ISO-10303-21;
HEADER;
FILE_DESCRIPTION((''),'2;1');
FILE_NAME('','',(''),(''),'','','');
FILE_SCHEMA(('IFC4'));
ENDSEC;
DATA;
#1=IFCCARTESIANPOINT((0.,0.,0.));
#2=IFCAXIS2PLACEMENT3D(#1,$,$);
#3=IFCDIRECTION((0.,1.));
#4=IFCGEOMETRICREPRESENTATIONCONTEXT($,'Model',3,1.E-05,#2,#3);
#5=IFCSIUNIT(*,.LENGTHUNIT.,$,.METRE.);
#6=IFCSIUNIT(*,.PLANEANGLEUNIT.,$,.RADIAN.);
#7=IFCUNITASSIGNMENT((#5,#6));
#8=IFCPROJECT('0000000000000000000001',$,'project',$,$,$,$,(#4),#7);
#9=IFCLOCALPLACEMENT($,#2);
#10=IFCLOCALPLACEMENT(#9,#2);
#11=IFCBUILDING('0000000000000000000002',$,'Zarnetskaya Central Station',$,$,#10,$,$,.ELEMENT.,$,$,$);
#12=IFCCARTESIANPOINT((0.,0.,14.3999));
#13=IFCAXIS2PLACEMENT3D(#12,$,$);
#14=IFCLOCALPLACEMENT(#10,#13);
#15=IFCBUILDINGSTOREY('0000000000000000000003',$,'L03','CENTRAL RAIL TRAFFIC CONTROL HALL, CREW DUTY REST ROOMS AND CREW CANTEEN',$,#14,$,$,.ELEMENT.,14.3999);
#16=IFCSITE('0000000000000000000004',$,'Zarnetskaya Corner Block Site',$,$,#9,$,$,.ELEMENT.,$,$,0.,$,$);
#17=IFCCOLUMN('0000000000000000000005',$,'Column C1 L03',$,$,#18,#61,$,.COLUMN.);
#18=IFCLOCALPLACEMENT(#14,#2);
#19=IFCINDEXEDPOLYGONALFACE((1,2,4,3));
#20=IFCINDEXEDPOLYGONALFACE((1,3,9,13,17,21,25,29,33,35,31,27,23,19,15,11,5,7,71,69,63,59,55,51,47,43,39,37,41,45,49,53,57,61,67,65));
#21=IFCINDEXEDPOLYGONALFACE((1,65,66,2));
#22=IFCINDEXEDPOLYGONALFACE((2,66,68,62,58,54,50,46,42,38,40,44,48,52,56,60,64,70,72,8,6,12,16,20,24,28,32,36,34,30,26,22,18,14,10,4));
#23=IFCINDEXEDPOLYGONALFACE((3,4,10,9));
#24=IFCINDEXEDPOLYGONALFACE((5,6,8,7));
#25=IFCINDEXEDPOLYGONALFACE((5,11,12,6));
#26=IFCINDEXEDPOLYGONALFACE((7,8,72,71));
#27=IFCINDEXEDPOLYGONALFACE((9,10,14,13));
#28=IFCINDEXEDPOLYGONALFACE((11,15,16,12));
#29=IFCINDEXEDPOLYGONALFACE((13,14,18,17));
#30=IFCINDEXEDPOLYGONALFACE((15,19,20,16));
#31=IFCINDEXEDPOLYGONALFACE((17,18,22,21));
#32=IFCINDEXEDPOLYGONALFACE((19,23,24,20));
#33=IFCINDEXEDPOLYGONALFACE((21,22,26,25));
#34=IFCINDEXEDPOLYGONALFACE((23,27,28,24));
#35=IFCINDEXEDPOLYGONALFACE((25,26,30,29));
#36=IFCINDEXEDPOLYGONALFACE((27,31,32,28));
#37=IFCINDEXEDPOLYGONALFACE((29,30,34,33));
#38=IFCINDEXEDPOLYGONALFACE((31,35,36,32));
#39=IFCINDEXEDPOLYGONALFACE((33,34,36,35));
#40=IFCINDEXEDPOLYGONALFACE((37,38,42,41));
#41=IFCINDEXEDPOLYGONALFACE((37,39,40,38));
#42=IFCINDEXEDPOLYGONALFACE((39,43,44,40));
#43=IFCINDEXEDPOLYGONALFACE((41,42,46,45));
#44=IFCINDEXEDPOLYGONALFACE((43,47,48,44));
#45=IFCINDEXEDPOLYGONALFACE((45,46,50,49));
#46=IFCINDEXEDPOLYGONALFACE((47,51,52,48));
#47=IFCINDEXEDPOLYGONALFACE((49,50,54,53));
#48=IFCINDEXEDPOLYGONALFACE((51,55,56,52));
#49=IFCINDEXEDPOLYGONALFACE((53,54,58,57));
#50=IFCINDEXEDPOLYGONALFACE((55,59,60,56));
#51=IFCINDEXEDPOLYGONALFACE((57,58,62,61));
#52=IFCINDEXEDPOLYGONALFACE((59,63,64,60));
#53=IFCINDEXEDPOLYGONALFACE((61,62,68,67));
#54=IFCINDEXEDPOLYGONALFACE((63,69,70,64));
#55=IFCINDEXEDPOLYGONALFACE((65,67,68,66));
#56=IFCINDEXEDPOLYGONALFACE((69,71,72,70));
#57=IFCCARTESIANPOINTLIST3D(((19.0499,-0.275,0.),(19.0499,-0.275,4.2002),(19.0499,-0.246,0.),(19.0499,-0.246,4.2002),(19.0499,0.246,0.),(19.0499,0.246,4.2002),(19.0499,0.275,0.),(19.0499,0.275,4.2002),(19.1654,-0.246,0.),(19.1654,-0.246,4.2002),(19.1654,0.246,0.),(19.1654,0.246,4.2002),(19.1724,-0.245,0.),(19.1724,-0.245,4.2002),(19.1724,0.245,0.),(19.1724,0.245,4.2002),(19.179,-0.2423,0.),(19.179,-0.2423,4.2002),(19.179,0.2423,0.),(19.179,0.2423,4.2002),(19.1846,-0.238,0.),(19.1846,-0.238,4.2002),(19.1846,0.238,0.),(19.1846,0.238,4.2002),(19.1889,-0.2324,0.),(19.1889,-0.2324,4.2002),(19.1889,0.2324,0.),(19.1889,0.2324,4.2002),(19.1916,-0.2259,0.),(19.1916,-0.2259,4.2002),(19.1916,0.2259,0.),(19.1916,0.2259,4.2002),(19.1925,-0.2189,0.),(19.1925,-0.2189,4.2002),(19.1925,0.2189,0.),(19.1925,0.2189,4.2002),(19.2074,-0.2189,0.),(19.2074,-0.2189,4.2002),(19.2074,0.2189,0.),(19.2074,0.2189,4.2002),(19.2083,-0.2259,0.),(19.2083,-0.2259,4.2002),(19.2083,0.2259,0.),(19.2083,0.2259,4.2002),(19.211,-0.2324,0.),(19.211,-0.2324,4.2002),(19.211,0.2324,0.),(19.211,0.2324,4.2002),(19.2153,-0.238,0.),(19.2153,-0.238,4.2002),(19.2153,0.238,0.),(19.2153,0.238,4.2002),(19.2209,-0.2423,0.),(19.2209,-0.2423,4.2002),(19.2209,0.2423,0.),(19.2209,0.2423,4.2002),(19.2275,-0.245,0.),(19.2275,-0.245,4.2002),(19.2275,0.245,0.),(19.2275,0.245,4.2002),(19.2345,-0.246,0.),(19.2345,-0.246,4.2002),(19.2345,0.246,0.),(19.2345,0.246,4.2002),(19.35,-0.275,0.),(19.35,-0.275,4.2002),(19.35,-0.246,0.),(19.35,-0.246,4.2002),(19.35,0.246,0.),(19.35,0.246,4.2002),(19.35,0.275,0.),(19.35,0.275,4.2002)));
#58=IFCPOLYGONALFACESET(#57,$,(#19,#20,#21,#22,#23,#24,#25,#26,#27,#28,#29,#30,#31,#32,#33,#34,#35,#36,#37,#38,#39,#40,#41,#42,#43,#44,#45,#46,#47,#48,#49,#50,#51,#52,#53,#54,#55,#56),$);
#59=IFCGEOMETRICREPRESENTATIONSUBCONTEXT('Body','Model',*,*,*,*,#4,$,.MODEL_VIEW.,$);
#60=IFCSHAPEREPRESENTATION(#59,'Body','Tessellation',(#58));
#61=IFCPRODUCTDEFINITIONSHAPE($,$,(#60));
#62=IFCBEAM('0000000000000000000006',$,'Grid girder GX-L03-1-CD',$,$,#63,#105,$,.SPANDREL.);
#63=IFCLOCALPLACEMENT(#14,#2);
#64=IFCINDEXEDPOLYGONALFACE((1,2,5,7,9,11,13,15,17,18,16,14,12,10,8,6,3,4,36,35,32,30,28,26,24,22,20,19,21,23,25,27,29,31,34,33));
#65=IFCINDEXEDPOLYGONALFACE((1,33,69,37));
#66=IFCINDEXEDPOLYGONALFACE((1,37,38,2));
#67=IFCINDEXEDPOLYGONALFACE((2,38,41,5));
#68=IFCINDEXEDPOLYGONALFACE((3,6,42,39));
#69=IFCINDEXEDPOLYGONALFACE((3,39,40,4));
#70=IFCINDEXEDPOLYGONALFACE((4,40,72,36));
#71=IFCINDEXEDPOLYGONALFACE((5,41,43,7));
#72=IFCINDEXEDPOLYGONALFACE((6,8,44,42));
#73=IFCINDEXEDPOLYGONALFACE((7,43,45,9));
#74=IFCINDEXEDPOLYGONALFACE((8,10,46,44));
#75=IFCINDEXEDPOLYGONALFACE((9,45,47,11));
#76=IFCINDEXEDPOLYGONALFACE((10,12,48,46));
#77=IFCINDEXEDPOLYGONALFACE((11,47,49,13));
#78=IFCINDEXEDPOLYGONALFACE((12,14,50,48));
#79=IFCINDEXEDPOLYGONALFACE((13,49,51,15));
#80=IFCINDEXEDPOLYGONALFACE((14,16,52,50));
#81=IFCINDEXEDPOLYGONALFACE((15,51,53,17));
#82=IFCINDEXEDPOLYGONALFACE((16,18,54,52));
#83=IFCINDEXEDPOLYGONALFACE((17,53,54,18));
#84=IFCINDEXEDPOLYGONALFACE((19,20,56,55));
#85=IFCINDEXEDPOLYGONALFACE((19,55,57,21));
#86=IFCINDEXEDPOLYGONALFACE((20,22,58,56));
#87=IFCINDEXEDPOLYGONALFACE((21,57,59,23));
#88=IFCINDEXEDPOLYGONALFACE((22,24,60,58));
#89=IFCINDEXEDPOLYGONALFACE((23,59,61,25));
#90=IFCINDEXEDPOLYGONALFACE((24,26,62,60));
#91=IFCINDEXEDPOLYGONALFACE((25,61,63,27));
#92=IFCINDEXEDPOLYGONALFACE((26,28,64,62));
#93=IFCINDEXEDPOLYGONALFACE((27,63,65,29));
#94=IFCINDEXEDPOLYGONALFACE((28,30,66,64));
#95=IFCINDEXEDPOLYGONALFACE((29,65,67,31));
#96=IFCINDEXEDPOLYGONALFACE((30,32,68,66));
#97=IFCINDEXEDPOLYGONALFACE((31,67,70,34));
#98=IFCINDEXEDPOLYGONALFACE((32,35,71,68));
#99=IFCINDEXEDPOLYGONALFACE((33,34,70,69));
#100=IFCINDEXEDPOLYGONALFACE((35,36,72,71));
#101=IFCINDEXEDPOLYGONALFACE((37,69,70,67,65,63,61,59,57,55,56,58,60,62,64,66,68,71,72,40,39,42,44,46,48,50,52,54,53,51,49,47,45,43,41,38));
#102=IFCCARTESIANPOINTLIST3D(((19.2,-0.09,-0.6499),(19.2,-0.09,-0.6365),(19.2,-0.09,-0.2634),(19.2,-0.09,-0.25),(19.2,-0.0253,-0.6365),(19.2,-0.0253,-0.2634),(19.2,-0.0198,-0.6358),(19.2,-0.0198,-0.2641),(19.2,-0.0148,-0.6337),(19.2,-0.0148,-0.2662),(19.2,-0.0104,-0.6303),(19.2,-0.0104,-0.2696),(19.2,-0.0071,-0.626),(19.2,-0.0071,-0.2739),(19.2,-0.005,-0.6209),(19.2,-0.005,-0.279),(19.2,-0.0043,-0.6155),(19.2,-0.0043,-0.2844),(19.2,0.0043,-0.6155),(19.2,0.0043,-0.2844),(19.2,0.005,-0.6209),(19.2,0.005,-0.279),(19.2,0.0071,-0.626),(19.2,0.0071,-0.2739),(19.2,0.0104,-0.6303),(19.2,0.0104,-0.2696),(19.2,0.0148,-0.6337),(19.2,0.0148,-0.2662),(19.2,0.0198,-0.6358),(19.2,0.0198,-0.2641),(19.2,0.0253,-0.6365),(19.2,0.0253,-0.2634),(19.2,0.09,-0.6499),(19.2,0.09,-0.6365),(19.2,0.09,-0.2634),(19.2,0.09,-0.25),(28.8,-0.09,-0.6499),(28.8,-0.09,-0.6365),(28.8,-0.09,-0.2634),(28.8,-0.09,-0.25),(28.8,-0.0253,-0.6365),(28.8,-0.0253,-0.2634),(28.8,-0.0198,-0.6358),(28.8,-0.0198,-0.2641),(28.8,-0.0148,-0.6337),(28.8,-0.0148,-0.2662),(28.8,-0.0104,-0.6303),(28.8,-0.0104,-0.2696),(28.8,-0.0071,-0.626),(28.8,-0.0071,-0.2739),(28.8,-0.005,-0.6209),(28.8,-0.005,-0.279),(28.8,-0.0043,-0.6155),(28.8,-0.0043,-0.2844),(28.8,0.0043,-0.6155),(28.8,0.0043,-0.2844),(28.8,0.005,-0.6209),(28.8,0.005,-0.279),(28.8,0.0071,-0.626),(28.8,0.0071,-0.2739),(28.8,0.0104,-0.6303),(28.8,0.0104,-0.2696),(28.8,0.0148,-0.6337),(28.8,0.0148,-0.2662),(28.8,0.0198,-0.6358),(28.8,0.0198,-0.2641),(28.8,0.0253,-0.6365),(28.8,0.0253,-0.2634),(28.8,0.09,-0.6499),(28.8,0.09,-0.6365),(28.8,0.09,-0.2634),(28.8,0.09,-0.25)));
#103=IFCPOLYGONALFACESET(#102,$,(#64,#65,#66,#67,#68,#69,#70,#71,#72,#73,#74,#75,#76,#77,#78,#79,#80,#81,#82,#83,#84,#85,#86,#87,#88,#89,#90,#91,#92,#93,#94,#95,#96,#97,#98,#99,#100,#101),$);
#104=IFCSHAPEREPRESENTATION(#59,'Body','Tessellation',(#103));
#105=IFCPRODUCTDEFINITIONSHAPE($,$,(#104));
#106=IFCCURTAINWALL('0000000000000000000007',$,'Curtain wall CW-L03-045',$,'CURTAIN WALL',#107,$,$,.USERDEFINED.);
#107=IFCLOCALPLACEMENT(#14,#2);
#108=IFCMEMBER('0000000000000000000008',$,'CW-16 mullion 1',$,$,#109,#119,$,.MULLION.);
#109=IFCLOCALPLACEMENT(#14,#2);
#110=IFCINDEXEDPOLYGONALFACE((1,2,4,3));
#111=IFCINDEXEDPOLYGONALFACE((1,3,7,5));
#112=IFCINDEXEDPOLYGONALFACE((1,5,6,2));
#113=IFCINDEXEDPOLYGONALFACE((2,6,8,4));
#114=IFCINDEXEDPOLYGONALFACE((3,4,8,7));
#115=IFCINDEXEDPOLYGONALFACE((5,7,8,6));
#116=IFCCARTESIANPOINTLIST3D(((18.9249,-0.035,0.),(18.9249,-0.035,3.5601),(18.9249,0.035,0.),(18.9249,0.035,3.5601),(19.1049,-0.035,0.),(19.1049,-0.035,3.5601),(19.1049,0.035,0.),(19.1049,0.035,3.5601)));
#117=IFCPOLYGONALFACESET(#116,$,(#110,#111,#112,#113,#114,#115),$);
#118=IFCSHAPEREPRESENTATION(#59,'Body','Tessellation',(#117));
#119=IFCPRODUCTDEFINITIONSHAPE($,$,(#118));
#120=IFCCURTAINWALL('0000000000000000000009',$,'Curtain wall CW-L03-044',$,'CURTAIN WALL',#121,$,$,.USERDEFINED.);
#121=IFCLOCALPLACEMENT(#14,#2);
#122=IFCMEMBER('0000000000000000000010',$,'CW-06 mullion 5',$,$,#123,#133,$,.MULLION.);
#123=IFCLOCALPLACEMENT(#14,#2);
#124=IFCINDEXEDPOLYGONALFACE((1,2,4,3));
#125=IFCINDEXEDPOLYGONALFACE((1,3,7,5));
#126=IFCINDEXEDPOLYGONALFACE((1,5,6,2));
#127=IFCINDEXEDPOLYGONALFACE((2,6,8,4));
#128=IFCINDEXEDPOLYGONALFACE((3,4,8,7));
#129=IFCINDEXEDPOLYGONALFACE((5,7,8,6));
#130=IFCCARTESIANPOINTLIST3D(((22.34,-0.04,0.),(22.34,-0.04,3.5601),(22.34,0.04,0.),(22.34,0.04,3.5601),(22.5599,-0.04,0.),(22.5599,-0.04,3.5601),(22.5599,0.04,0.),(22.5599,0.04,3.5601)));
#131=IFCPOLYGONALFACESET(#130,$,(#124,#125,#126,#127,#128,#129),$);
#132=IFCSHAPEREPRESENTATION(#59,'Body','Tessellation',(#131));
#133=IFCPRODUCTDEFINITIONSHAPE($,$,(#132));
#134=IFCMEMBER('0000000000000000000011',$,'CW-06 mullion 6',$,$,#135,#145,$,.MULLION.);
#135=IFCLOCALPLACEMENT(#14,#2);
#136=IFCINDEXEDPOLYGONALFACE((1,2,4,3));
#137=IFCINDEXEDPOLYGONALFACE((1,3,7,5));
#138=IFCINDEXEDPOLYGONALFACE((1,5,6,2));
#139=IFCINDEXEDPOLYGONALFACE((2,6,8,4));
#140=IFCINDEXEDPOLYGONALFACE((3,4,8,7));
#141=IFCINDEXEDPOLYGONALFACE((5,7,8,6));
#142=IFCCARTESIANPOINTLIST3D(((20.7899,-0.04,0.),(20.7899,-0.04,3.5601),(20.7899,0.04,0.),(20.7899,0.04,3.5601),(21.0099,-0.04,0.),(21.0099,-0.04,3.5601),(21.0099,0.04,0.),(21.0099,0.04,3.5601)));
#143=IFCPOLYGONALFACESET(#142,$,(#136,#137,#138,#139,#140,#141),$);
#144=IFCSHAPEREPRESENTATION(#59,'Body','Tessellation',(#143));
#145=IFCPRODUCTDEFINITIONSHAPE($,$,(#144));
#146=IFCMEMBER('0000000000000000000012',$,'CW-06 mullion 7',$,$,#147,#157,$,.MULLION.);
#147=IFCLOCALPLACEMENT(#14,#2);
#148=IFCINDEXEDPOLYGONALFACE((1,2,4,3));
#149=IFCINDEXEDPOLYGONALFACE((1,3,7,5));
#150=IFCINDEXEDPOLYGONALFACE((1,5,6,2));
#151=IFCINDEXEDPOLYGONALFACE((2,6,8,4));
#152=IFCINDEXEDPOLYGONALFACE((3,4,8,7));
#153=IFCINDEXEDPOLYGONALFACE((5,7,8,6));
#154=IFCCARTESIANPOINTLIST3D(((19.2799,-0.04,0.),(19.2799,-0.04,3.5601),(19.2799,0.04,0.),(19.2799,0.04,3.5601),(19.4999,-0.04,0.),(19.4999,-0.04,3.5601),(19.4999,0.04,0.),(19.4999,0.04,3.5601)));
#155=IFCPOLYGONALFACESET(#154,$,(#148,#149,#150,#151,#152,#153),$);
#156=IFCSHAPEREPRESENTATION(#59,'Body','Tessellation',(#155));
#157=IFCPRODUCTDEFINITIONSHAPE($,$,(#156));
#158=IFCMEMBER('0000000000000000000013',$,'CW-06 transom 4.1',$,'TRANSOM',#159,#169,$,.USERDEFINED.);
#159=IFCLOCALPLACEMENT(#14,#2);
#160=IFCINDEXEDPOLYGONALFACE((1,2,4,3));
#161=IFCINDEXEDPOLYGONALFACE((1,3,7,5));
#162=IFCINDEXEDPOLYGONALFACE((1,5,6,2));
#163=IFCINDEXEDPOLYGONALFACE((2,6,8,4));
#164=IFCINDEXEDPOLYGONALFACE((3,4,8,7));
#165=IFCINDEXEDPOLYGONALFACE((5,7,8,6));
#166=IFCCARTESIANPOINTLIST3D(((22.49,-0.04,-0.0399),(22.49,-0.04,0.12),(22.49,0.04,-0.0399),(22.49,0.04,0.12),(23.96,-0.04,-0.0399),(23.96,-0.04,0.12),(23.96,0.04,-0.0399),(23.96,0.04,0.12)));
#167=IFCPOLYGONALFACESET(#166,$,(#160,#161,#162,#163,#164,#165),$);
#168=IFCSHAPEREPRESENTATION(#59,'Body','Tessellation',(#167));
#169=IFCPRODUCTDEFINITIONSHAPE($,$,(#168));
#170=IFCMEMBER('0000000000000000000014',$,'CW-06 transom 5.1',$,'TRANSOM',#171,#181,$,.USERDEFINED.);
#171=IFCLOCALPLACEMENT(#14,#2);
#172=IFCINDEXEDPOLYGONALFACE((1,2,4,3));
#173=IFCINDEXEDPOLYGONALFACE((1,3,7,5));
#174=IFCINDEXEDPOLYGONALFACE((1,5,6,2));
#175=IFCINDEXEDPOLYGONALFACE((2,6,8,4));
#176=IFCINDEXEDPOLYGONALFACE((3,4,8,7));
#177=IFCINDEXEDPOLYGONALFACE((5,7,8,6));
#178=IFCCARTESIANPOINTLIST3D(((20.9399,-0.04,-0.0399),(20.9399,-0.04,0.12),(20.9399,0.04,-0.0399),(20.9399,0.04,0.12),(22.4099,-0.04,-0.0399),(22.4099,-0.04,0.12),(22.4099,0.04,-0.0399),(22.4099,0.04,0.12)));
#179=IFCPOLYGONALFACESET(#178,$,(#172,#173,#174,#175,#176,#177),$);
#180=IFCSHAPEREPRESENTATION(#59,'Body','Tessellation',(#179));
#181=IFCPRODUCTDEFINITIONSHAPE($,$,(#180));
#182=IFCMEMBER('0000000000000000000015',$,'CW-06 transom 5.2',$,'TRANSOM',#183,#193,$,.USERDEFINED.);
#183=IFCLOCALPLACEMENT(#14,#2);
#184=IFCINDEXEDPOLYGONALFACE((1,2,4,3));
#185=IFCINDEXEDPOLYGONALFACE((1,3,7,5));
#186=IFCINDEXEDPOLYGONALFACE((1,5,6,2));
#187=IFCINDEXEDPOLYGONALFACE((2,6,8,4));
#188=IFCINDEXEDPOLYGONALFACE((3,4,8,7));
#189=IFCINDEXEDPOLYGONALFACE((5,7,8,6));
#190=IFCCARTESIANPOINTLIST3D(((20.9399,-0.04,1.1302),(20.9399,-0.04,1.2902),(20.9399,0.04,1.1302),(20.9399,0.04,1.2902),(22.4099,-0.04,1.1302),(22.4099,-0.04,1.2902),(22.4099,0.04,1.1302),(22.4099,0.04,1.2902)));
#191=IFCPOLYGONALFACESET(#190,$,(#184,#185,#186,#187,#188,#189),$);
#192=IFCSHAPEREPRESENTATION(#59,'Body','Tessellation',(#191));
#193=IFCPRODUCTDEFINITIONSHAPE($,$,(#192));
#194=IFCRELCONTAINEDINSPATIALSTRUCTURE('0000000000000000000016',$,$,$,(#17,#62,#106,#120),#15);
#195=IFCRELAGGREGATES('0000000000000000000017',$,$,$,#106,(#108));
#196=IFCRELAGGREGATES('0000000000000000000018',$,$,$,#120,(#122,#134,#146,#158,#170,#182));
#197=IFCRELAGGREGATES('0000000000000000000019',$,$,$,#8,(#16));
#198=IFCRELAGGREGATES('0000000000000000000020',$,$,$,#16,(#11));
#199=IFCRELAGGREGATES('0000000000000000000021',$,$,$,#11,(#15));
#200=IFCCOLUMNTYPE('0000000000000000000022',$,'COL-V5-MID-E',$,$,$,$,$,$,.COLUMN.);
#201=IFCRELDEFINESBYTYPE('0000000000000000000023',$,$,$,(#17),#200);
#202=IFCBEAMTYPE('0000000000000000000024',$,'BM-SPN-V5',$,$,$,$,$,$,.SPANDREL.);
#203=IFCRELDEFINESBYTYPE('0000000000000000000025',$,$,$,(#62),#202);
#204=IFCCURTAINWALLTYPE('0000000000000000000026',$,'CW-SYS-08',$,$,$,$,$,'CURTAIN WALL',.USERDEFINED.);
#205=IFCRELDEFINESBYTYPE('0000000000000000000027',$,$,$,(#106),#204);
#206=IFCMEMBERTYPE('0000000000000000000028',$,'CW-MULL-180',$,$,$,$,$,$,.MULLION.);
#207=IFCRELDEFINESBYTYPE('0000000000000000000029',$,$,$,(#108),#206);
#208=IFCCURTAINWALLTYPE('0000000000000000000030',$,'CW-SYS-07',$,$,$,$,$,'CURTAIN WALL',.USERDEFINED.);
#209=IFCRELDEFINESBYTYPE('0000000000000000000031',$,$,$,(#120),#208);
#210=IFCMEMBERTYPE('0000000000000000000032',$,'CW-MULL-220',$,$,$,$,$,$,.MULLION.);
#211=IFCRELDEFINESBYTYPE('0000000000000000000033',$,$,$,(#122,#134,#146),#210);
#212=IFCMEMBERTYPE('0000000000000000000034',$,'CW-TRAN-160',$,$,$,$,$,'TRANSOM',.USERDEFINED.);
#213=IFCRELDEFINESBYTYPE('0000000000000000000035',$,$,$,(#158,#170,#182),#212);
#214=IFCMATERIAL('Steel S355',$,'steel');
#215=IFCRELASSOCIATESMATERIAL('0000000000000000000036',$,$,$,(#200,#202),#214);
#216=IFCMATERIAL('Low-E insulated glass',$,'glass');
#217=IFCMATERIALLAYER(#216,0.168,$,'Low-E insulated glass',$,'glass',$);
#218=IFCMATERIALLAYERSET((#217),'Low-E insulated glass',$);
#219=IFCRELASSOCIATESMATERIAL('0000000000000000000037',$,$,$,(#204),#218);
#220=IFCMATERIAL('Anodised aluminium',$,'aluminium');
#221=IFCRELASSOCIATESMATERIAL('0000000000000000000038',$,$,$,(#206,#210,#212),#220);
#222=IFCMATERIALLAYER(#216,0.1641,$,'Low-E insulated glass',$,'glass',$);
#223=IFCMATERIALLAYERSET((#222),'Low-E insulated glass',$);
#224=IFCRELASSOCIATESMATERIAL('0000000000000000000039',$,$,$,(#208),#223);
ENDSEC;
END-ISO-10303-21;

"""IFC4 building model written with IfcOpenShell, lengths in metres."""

from ifc_helpers import new_model, si_unit, direction, frame, origin, origin_2d, place, context, subcontext, project, spatial, rectangle, i_section, extrude, material, layer, layer_set, material_profile, profile_set, type_object, element, aggregate, save


model = new_model("IFC4")

# Units and contexts
model_context = context("Model", 3, precision=1e-05, world=origin(), true_north=direction((0.0, 1.0)))
body_context = subcontext(model_context, "Body", "Model", "MODEL_VIEW")
ifc_project = project(units=[si_unit("LENGTHUNIT", "METRE"), si_unit("PLANEANGLEUNIT", "RADIAN")], contexts=[model_context])

# Site, building, storey
site_placement = place(None, origin())
site = spatial("IfcSite", under=ifc_project, at=site_placement, Name="Zarnetskaya Corner Block Site", CompositionType="ELEMENT", RefElevation=0.0)
building_placement = place(site_placement, origin())
building = spatial("IfcBuilding", under=site, at=building_placement, Name="Zarnetskaya Central Station", CompositionType="ELEMENT")
storey_placement = place(building_placement, frame((0.0, 0.0, 14.3999)))
storey = spatial("IfcBuildingStorey", under=building, at=storey_placement, Name="L03", Description="CENTRAL RAIL TRAFFIC CONTROL HALL, CREW DUTY REST ROOMS AND CREW CANTEEN", CompositionType="ELEMENT", Elevation=14.3999)

# Column
ifc_material_1 = material(Name="Steel S355", Category="steel")
ifc_material_profile_1 = material_profile(ifc_material_1, i_section(OverallWidth=0.3, OverallDepth=0.55, WebThickness=0.0149, FlangeThickness=0.0291, FilletRadius=0.0271, at=origin_2d()), Name="HEB 550")
ifc_profile_set_1 = profile_set([ifc_material_profile_1], Name="Steel S355")
column_type = type_object("IfcColumnType", Name="COL-V5-MID-E", PredefinedType="COLUMN", material=ifc_profile_set_1)
column_placement = place(storey_placement, frame((19.2, 0.0, 0.0), z_axis=(0.0, 0.0, 1.0), x_axis=(1.0, 0.0, 0.0)))
element("IfcColumn", 1, at=column_placement, inside=storey, type_object=column_type, Name="Column C1 L03", PredefinedType="COLUMN", context=body_context, shape_type="SweptSolid", body=[
    extrude(i_section(OverallWidth=0.3, OverallDepth=0.55, WebThickness=0.0149, FlangeThickness=0.0291, FilletRadius=0.0271, at=origin_2d()), origin(), (0.0, 0.0, 1.0), 4.2002),
])

# Beam
ifc_material_profile_2 = material_profile(ifc_material_1, i_section(OverallWidth=0.1799, OverallDepth=0.3999, WebThickness=0.0085, FlangeThickness=0.0134, FilletRadius=0.021, at=origin_2d()), Name="IPE 400")
ifc_profile_set_2 = profile_set([ifc_material_profile_2], Name="Steel S355")
beam_type_1 = type_object("IfcBeamType", Name="BM-SPN-V5", PredefinedType="SPANDREL", material=ifc_profile_set_2)
beam_1_placement = place(storey_placement, frame((19.2, 0.0, -0.45), z_axis=(1.0, 0.0, 0.0), x_axis=(0.0, 1.0, 0.0)))
element("IfcBeam", 2, at=beam_1_placement, inside=storey, type_object=beam_type_1, Name="Grid girder GX-L03-1-CD", PredefinedType="SPANDREL", context=body_context, shape_type="SweptSolid", body=[
    extrude(i_section(OverallWidth=0.1799, OverallDepth=0.3999, WebThickness=0.0085, FlangeThickness=0.0134, FilletRadius=0.021, at=origin_2d()), origin(), (0.0, 0.0, 1.0), 9.6001),
])

# Curtain wall, member
ifc_material_2 = material(Name="Low-E insulated glass", Category="glass")
ifc_layer_1 = layer(ifc_material_2, 0.168, Name="Low-E insulated glass", Category="glass")
ifc_layer_set_1 = layer_set([ifc_layer_1], Name="Low-E insulated glass")
curtain_wall_type_1 = type_object("IfcCurtainWallType", Name="CW-SYS-08", ElementType="CURTAIN WALL", PredefinedType="USERDEFINED", material=ifc_layer_set_1)
curtain_wall_1_placement = place(storey_placement, origin())
curtain_wall_1 = element("IfcCurtainWall", 3, at=curtain_wall_1_placement, inside=storey, type_object=curtain_wall_type_1, Name="Curtain wall CW-L03-045", ObjectType="CURTAIN WALL", PredefinedType="USERDEFINED")
ifc_material_3 = material(Name="Anodised aluminium", Category="aluminium")
ifc_material_profile_3 = material_profile(ifc_material_3, rectangle(XDim=0.0701, YDim=0.1799, at=origin_2d()), Name="ALU MULL 70x180")
ifc_profile_set_3 = profile_set([ifc_material_profile_3], Name="Anodised aluminium")
member_type_1 = type_object("IfcMemberType", Name="CW-MULL-180", PredefinedType="MULLION", material=ifc_profile_set_3)
member_1_placement = place(storey_placement, frame((19.0149, 0.0, 0.0), z_axis=(0.0, 0.0, 1.0), x_axis=(0.0, -1.0, 0.0)))
member_1 = element("IfcMember", 4, at=member_1_placement, type_object=member_type_1, Name="CW-16 mullion 1", PredefinedType="MULLION", context=body_context, shape_type="SweptSolid", body=[
    extrude(rectangle(XDim=0.0701, YDim=0.1799, at=origin_2d()), origin(), (0.0, 0.0, 1.0), 3.5601),
])
aggregate(curtain_wall_1, [member_1])

# Curtain wall, members
ifc_layer_2 = layer(ifc_material_2, 0.1641, Name="Low-E insulated glass", Category="glass")
ifc_layer_set_2 = layer_set([ifc_layer_2], Name="Low-E insulated glass")
curtain_wall_type_2 = type_object("IfcCurtainWallType", Name="CW-SYS-07", ElementType="CURTAIN WALL", PredefinedType="USERDEFINED", material=ifc_layer_set_2)
curtain_wall_2_placement = place(storey_placement, origin())
curtain_wall_2 = element("IfcCurtainWall", 5, at=curtain_wall_2_placement, inside=storey, type_object=curtain_wall_type_2, Name="Curtain wall CW-L03-044", ObjectType="CURTAIN WALL", PredefinedType="USERDEFINED")
ifc_material_profile_4 = material_profile(ifc_material_3, rectangle(XDim=0.0801, YDim=0.22, at=origin_2d()), Name="ALU MULL 80x220")
ifc_profile_set_4 = profile_set([ifc_material_profile_4], Name="Anodised aluminium")
member_type_2 = type_object("IfcMemberType", Name="CW-MULL-220", PredefinedType="MULLION", material=ifc_profile_set_4)
member_2_placement = place(storey_placement, frame((22.45, 0.0, 0.0), z_axis=(0.0, 0.0, 1.0), x_axis=(0.0, -1.0, 0.0)))
member_2 = element("IfcMember", 6, at=member_2_placement, type_object=member_type_2, Name="CW-06 mullion 5", PredefinedType="MULLION", context=body_context, shape_type="SweptSolid", body=[
    extrude(rectangle(XDim=0.0801, YDim=0.22, at=origin_2d()), origin(), (0.0, 0.0, 1.0), 3.5601),
])
member_3_placement = place(storey_placement, frame((20.8999, 0.0, 0.0), z_axis=(0.0, 0.0, 1.0), x_axis=(0.0, -1.0, 0.0)))
member_3 = element("IfcMember", 7, at=member_3_placement, type_object=member_type_2, Name="CW-06 mullion 6", PredefinedType="MULLION", context=body_context, shape_type="SweptSolid", body=[
    extrude(rectangle(XDim=0.0801, YDim=0.22, at=origin_2d()), origin(), (0.0, 0.0, 1.0), 3.5601),
])
member_4_placement = place(storey_placement, frame((19.3899, 0.0, 0.0), z_axis=(0.0, 0.0, 1.0), x_axis=(0.0, -1.0, 0.0)))
member_4 = element("IfcMember", 8, at=member_4_placement, type_object=member_type_2, Name="CW-06 mullion 7", PredefinedType="MULLION", context=body_context, shape_type="SweptSolid", body=[
    extrude(rectangle(XDim=0.0801, YDim=0.22, at=origin_2d()), origin(), (0.0, 0.0, 1.0), 3.5601),
])
ifc_material_profile_5 = material_profile(ifc_material_3, rectangle(XDim=0.0801, YDim=0.1599, at=origin_2d()), Name="ALU TRAN 80x160")
ifc_profile_set_5 = profile_set([ifc_material_profile_5], Name="Anodised aluminium")
member_type_3 = type_object("IfcMemberType", Name="CW-TRAN-160", ElementType="TRANSOM", PredefinedType="USERDEFINED", material=ifc_profile_set_5)
member_5_placement = place(storey_placement, frame((23.96, 0.0, 0.04), z_axis=(-1.0, 0.0, 0.0), x_axis=(0.0, -1.0, 0.0)))
member_5 = element("IfcMember", 9, at=member_5_placement, type_object=member_type_3, Name="CW-06 transom 4.1", ObjectType="TRANSOM", PredefinedType="USERDEFINED", context=body_context, shape_type="SweptSolid", body=[
    extrude(rectangle(XDim=0.0801, YDim=0.1599, at=origin_2d()), origin(), (0.0, 0.0, 1.0), 1.47),
])
member_6_placement = place(storey_placement, frame((22.4099, 0.0, 0.04), z_axis=(-1.0, 0.0, 0.0), x_axis=(0.0, -1.0, 0.0)))
member_6 = element("IfcMember", 10, at=member_6_placement, type_object=member_type_3, Name="CW-06 transom 5.1", ObjectType="TRANSOM", PredefinedType="USERDEFINED", context=body_context, shape_type="SweptSolid", body=[
    extrude(rectangle(XDim=0.0801, YDim=0.1599, at=origin_2d()), origin(), (0.0, 0.0, 1.0), 1.47),
])
member_7_placement = place(storey_placement, frame((22.4099, 0.0, 1.2102), z_axis=(-1.0, 0.0, 0.0), x_axis=(0.0, -1.0, 0.0)))
member_7 = element("IfcMember", 11, at=member_7_placement, type_object=member_type_3, Name="CW-06 transom 5.2", ObjectType="TRANSOM", PredefinedType="USERDEFINED", context=body_context, shape_type="SweptSolid", body=[
    extrude(rectangle(XDim=0.0801, YDim=0.1599, at=origin_2d()), origin(), (0.0, 0.0, 1.0), 1.47),
])

aggregate(curtain_wall_2, [member_2, member_3, member_4, member_5, member_6, member_7])

save(model, "model.ifc")
